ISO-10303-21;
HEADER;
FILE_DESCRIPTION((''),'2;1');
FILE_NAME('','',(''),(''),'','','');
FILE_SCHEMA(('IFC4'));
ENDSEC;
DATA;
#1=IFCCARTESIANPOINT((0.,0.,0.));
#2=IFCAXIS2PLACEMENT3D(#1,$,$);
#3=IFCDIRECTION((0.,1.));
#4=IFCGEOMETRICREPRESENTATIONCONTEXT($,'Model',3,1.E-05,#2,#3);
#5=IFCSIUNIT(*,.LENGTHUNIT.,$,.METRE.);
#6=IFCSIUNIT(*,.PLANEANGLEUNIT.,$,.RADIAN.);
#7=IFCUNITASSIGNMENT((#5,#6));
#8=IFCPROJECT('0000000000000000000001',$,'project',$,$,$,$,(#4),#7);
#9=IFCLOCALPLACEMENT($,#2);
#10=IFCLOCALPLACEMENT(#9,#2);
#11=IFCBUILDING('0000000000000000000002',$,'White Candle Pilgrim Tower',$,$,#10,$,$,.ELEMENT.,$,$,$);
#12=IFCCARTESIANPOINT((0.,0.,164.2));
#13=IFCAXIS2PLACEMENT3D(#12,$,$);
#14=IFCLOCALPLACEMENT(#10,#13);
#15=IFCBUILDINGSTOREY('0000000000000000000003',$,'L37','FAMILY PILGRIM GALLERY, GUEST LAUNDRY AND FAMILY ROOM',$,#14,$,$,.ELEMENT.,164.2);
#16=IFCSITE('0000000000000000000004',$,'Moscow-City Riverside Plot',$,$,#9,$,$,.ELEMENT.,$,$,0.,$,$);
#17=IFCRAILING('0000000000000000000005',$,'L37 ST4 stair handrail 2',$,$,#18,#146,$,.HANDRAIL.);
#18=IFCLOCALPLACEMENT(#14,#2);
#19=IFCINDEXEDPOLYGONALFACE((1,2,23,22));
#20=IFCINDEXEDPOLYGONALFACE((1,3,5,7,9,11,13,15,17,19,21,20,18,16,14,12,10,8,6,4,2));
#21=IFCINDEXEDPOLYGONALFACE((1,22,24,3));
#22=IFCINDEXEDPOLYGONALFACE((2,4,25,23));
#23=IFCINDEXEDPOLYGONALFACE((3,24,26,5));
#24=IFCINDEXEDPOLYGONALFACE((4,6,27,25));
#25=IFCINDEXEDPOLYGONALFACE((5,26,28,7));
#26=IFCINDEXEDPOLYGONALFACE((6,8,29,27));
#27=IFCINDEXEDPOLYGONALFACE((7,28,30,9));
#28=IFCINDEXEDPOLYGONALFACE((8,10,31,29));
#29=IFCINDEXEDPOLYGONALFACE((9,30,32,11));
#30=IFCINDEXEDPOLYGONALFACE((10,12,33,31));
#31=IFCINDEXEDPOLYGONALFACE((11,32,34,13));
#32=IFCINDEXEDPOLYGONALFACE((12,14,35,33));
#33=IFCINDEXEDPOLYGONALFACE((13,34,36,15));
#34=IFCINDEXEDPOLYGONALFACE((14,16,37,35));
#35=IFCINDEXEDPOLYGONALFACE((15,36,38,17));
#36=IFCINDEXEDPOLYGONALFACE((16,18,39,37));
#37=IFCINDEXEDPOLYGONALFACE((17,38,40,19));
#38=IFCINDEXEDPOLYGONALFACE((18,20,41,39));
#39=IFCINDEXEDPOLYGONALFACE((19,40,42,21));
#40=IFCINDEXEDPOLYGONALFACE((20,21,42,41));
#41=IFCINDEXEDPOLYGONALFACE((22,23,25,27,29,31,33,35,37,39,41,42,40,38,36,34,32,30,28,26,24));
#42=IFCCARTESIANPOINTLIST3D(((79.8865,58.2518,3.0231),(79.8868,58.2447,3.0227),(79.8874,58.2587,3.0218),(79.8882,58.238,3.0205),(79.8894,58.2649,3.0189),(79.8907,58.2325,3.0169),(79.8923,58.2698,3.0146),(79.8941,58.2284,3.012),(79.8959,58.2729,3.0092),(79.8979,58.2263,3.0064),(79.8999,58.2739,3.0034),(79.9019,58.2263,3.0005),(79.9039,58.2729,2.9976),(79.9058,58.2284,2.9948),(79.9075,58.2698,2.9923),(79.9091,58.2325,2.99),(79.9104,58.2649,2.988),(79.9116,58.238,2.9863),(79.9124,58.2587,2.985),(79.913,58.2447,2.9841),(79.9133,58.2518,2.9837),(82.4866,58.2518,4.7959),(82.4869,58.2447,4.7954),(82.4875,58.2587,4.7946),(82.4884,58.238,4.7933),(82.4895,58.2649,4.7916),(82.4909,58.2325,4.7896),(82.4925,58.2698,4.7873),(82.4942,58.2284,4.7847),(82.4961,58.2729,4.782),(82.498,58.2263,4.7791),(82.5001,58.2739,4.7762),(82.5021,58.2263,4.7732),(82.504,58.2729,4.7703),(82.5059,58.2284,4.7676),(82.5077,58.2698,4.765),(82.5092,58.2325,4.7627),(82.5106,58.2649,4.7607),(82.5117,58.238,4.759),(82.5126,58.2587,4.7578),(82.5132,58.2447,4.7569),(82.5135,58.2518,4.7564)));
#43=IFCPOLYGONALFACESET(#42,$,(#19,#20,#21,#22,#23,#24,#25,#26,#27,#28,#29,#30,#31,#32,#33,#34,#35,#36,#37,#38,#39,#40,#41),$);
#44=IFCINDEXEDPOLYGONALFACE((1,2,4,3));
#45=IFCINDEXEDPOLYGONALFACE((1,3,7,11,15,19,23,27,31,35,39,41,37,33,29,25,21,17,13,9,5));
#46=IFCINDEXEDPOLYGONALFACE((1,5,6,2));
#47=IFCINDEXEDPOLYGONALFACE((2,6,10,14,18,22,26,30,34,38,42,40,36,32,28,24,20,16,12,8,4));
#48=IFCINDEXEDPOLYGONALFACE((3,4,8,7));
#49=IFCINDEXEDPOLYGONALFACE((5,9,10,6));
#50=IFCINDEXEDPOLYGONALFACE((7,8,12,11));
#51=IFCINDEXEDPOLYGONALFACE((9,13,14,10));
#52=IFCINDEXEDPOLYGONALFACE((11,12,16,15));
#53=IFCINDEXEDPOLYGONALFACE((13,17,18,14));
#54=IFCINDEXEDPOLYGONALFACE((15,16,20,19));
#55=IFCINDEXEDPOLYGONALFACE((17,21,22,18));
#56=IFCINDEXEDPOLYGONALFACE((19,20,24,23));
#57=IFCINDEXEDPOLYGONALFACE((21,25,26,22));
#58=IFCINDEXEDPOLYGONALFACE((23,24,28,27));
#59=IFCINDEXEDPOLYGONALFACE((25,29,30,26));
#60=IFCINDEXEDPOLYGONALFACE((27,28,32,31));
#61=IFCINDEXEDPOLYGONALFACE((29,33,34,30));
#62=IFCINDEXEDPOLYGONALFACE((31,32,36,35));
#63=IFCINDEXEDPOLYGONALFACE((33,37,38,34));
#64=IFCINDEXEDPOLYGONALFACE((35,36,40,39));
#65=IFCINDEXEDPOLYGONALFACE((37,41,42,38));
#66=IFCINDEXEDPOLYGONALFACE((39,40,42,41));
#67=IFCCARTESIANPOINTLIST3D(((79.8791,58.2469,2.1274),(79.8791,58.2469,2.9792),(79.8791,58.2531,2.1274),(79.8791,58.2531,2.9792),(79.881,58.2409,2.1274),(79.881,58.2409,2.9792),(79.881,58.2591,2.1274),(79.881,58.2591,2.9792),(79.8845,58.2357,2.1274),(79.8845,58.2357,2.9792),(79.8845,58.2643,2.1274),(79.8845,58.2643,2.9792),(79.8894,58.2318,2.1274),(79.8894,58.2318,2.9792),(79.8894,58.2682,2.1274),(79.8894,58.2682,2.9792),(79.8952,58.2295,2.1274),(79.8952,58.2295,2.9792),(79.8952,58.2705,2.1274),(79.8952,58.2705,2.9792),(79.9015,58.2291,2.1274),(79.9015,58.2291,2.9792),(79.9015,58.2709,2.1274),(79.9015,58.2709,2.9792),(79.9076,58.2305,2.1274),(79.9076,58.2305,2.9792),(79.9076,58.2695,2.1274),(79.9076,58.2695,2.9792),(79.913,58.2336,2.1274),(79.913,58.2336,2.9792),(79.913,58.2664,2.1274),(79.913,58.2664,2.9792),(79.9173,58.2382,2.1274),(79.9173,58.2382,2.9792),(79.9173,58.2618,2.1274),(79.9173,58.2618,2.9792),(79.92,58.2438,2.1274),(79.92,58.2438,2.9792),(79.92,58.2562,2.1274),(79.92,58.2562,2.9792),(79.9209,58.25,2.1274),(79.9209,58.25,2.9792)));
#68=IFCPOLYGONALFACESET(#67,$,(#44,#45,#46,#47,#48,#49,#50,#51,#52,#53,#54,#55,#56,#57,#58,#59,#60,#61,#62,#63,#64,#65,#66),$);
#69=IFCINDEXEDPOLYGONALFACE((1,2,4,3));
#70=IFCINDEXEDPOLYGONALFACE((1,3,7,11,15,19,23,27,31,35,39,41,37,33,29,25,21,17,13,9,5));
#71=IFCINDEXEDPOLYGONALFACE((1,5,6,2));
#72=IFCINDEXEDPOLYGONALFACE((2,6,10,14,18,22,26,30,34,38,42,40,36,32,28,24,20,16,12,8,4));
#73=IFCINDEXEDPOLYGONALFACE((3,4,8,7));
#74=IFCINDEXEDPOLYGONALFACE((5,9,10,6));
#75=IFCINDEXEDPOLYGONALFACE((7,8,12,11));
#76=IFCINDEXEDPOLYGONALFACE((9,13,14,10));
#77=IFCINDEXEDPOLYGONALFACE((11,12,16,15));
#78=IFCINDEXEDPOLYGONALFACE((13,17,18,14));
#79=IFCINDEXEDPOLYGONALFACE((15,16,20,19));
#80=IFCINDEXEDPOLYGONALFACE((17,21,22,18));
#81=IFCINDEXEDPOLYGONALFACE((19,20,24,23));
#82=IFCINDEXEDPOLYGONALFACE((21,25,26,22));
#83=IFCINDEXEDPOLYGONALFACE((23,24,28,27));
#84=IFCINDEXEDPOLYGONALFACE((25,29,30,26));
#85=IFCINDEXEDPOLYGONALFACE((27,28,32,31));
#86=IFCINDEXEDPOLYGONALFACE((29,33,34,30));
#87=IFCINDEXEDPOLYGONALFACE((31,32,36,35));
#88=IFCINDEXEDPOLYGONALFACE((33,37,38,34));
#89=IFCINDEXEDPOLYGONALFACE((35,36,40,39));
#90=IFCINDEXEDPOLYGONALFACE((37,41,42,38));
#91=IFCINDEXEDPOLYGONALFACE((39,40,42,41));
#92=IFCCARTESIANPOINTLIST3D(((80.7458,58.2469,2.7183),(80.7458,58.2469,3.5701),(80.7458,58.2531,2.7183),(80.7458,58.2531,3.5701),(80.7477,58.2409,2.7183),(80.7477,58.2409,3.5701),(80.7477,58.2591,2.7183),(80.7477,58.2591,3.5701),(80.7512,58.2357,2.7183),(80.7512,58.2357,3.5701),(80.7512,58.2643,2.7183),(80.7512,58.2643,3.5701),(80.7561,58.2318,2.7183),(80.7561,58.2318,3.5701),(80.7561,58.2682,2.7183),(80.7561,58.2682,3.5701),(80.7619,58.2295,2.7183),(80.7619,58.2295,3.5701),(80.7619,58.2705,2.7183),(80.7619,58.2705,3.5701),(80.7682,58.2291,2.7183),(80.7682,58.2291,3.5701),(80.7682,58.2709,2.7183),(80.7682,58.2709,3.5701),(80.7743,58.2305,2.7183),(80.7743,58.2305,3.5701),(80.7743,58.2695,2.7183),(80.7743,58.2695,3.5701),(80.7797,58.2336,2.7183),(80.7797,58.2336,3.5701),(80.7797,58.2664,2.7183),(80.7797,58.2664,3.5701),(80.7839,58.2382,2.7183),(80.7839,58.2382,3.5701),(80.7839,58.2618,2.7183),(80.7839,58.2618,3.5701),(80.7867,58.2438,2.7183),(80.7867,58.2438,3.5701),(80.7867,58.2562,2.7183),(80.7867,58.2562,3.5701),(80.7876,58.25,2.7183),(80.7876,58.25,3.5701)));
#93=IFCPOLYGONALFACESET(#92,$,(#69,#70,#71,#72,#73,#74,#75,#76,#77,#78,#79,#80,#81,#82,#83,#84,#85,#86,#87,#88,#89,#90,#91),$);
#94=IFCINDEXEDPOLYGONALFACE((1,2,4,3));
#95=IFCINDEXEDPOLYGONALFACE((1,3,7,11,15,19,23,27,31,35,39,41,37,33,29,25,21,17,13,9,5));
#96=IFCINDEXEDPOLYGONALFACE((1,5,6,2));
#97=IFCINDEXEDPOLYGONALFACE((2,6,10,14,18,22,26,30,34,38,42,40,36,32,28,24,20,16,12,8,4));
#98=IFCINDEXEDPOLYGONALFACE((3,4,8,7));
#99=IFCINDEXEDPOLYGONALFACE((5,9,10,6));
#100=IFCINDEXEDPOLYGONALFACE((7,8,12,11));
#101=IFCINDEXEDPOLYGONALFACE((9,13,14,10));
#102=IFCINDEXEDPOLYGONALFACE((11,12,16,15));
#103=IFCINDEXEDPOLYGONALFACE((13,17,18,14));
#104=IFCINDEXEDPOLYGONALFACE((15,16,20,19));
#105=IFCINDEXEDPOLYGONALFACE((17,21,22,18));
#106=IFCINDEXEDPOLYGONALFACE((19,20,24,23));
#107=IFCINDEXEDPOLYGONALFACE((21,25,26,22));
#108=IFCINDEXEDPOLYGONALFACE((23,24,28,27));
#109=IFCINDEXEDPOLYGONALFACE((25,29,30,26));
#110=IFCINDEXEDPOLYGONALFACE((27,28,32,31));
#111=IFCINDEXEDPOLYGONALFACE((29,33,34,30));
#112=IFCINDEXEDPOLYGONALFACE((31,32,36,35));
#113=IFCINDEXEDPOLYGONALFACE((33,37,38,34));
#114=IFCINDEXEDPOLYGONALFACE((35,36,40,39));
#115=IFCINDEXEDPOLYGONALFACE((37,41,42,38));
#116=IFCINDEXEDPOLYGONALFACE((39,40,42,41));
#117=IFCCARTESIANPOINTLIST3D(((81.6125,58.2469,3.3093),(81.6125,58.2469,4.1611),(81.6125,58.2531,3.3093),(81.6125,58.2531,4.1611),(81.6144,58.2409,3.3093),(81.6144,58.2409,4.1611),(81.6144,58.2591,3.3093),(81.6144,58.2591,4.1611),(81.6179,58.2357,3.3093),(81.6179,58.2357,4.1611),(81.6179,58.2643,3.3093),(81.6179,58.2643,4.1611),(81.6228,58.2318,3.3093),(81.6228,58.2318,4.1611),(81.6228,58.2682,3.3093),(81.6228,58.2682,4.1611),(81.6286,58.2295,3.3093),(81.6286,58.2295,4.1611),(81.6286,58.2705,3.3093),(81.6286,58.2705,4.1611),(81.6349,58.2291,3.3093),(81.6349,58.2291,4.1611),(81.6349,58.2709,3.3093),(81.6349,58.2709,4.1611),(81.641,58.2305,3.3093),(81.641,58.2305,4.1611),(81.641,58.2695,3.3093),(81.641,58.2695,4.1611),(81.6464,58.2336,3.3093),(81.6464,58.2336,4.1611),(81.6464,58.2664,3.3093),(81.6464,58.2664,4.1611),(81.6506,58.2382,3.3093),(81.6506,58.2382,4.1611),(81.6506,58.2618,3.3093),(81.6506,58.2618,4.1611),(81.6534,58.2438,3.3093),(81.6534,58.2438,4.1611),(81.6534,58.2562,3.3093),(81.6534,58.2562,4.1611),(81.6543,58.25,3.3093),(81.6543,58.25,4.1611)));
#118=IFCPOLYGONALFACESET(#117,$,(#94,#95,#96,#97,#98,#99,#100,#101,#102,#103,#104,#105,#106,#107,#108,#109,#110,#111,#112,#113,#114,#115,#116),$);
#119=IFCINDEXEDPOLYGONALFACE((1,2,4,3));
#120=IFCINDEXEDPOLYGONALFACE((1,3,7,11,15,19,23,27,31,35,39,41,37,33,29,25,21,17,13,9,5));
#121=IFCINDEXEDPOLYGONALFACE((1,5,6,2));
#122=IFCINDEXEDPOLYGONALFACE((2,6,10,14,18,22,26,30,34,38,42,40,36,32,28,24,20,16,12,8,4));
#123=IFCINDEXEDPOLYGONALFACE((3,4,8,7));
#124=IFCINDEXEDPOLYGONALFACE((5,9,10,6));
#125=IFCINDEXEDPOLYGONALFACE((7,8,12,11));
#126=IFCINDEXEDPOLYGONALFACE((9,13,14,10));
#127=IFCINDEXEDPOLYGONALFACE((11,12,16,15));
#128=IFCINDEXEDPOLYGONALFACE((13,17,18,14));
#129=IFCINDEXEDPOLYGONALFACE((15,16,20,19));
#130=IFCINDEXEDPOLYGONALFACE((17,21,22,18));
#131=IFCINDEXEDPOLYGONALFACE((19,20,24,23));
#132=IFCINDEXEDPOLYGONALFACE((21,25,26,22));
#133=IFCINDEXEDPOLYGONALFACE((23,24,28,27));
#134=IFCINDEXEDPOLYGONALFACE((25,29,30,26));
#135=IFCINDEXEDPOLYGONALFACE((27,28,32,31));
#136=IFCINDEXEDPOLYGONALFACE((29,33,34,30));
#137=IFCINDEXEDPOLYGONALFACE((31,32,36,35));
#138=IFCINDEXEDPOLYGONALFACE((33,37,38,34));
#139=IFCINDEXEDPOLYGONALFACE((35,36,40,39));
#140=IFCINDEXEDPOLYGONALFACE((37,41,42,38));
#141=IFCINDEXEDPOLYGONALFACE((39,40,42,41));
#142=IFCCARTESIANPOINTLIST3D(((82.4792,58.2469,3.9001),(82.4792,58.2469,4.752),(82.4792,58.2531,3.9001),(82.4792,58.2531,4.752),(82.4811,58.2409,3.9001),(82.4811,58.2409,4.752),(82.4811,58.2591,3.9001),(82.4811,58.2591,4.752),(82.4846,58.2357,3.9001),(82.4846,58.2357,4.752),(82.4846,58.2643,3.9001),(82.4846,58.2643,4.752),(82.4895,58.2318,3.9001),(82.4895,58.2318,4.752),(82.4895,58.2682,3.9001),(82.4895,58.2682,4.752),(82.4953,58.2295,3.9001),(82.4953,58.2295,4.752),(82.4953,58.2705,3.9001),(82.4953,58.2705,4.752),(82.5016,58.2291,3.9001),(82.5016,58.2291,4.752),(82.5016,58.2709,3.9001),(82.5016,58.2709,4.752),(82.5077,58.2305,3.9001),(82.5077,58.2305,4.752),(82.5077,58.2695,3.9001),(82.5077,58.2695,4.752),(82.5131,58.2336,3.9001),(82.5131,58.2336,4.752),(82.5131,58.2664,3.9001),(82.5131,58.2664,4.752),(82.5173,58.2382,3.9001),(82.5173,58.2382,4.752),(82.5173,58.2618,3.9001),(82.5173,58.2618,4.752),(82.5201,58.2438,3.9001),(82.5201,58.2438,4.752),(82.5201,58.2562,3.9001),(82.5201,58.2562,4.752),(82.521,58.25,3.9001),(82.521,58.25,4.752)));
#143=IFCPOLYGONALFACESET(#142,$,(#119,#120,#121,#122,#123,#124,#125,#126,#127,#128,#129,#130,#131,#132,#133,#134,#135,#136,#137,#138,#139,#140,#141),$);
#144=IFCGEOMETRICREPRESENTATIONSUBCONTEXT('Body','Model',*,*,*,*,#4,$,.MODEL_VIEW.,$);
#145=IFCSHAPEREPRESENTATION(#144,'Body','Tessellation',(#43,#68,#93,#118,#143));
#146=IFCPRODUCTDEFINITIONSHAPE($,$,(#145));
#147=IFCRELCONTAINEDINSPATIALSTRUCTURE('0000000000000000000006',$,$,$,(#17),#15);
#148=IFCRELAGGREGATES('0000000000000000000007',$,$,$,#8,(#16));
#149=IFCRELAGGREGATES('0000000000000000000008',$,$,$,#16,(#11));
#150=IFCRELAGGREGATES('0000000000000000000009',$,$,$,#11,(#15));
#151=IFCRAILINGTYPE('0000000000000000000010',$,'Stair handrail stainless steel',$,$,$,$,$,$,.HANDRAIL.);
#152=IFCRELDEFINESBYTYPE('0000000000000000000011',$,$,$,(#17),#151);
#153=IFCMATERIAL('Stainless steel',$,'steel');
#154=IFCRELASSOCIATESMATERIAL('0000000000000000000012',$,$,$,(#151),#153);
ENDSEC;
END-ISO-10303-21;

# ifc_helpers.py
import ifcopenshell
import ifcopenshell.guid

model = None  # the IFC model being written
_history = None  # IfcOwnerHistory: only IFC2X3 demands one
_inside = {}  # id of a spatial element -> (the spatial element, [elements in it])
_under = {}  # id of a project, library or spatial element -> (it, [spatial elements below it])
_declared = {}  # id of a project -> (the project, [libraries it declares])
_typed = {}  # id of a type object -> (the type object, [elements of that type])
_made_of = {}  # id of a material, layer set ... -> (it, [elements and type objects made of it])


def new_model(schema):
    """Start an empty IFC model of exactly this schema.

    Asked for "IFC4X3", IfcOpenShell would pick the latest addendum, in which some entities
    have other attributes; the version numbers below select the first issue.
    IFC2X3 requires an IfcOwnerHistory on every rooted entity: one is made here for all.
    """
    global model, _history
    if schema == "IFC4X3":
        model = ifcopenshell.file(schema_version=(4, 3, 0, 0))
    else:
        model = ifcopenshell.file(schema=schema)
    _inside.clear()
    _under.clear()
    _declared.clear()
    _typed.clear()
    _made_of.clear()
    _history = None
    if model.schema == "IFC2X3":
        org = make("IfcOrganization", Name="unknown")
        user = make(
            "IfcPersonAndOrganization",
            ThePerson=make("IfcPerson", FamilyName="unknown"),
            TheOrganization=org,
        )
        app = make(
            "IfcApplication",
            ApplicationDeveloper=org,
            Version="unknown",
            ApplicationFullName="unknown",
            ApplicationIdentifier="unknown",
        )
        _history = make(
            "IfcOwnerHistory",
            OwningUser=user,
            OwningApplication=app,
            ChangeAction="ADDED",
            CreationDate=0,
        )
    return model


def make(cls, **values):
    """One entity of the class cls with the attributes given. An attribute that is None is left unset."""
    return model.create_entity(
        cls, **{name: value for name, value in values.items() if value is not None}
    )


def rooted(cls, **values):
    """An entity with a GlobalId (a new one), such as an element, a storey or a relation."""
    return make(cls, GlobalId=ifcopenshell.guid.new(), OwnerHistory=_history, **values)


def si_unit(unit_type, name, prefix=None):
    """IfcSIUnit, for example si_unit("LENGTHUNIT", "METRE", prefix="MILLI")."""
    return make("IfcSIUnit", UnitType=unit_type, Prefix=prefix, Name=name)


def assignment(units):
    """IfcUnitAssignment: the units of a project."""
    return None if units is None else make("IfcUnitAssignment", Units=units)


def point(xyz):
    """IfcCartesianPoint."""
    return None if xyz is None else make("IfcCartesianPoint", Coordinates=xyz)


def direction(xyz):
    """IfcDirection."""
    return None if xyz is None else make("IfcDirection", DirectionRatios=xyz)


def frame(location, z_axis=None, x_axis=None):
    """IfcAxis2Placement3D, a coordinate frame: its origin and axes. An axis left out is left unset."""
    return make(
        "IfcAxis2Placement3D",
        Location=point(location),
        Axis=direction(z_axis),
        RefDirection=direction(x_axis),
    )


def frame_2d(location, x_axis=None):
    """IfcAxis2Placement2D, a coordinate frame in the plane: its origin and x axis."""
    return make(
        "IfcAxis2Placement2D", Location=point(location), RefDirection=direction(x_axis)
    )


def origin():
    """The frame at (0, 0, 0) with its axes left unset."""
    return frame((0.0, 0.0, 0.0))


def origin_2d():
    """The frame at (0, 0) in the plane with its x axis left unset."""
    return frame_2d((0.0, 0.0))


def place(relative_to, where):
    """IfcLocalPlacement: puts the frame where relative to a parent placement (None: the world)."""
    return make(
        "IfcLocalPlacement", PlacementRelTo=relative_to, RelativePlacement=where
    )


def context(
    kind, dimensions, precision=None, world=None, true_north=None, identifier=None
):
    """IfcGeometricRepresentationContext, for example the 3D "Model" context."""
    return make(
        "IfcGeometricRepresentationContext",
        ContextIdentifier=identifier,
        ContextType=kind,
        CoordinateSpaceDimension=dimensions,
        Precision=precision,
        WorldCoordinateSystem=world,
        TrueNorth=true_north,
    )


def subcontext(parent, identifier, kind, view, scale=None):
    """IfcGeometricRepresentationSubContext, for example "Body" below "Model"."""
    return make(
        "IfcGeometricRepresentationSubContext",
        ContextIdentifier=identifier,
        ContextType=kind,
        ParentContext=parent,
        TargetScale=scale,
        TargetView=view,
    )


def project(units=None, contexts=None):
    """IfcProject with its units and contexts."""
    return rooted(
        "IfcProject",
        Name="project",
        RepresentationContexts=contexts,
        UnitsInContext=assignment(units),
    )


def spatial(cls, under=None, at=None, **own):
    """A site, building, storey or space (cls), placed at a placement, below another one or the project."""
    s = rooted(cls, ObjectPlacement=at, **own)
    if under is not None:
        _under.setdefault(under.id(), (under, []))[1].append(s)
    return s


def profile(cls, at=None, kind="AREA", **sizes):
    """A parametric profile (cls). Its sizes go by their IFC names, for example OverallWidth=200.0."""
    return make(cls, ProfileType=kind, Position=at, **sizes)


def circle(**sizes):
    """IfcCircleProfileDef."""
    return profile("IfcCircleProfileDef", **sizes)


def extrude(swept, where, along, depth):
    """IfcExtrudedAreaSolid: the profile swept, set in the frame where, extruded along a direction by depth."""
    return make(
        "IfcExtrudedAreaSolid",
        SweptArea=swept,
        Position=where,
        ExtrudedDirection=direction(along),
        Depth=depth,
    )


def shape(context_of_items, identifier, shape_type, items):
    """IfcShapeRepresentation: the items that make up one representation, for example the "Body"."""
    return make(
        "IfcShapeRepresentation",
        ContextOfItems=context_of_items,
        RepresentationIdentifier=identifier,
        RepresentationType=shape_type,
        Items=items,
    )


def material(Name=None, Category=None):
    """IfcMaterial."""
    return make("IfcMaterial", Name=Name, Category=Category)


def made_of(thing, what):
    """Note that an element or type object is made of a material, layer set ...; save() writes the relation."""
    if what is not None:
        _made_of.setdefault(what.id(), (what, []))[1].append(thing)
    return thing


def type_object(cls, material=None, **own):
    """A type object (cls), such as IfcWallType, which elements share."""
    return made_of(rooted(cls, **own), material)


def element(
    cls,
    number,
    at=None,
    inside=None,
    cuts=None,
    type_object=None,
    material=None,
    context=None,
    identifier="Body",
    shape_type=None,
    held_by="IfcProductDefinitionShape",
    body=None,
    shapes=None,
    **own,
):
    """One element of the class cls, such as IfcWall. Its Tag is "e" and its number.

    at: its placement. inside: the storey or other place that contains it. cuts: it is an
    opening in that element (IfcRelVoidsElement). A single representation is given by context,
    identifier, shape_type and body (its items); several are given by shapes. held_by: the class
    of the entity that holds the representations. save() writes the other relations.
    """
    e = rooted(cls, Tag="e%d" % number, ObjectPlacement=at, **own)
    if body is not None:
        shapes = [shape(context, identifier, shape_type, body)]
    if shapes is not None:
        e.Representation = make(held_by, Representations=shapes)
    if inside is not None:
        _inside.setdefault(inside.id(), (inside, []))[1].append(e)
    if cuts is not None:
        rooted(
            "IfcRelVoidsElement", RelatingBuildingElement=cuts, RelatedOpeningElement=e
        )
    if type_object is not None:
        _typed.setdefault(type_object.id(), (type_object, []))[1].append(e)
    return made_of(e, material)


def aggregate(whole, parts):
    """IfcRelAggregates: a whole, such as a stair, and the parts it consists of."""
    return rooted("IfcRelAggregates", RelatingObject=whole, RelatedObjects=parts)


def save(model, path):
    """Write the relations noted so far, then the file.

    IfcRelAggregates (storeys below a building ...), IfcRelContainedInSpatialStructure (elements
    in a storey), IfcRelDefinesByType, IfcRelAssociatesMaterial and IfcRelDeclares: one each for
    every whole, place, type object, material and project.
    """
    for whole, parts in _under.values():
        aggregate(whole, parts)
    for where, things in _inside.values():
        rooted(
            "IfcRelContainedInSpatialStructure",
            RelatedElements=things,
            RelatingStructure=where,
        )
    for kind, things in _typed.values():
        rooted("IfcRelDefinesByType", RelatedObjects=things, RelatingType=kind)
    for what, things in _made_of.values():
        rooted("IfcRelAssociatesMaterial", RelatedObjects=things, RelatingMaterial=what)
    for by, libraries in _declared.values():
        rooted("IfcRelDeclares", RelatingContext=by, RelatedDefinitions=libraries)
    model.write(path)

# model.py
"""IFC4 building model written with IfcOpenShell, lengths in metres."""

from ifc_helpers import new_model, si_unit, direction, frame, origin, origin_2d, place, context, subcontext, project, spatial, circle, extrude, material, type_object, element, save


model = new_model("IFC4")

# Units and contexts
model_context = context("Model", 3, precision=1e-05, world=origin(), true_north=direction((0.0, 1.0)))
body_context = subcontext(model_context, "Body", "Model", "MODEL_VIEW")
ifc_project = project(units=[si_unit("LENGTHUNIT", "METRE"), si_unit("PLANEANGLEUNIT", "RADIAN")], contexts=[model_context])

# Site, building, storey
site_placement = place(None, origin())
site = spatial("IfcSite", under=ifc_project, at=site_placement, Name="Moscow-City Riverside Plot", CompositionType="ELEMENT", RefElevation=0.0)
building_placement = place(site_placement, origin())
building = spatial("IfcBuilding", under=site, at=building_placement, Name="White Candle Pilgrim Tower", CompositionType="ELEMENT")
storey_placement = place(building_placement, frame((0.0, 0.0, 164.2)))
storey = spatial("IfcBuildingStorey", under=building, at=storey_placement, Name="L37", Description="FAMILY PILGRIM GALLERY, GUEST LAUNDRY AND FAMILY ROOM", CompositionType="ELEMENT", Elevation=164.2)

# Railing
ifc_material_1 = material(Name="Stainless steel", Category="steel")
railing_type_1 = type_object("IfcRailingType", Name="Stair handrail stainless steel", PredefinedType="HANDRAIL", material=ifc_material_1)
railing_1_placement = place(storey_placement, frame((79.8999, 58.25, 2.1274)))
element("IfcRailing", 1, at=railing_1_placement, inside=storey, type_object=railing_type_1, Name="L37 ST4 stair handrail 2", PredefinedType="HANDRAIL", context=body_context, shape_type="SweptSolid", body=[
    extrude(circle(Radius=0.0239, at=origin_2d()), frame((0.0, 0.0, 0.876), z_axis=(0.82624, 0.0, 0.563318), x_axis=(0.0, 1.0, 0.0)), (0.0, 0.0, 1.0), 3.147),
    extrude(circle(Radius=0.021, at=origin_2d()), origin(), (0.0, 0.0, 1.0), 0.8518),
    extrude(circle(Radius=0.021, at=origin_2d()), frame((0.8667, 0.0, 0.5908)), (0.0, 0.0, 1.0), 0.8518),
    extrude(circle(Radius=0.021, at=origin_2d()), frame((1.7334, 0.0, 1.1819)), (0.0, 0.0, 1.0), 0.8518),
    extrude(circle(Radius=0.021, at=origin_2d()), frame((2.6001, 0.0, 1.7727)), (0.0, 0.0, 1.0), 0.8518),
])

save(model, "model.ifc")
